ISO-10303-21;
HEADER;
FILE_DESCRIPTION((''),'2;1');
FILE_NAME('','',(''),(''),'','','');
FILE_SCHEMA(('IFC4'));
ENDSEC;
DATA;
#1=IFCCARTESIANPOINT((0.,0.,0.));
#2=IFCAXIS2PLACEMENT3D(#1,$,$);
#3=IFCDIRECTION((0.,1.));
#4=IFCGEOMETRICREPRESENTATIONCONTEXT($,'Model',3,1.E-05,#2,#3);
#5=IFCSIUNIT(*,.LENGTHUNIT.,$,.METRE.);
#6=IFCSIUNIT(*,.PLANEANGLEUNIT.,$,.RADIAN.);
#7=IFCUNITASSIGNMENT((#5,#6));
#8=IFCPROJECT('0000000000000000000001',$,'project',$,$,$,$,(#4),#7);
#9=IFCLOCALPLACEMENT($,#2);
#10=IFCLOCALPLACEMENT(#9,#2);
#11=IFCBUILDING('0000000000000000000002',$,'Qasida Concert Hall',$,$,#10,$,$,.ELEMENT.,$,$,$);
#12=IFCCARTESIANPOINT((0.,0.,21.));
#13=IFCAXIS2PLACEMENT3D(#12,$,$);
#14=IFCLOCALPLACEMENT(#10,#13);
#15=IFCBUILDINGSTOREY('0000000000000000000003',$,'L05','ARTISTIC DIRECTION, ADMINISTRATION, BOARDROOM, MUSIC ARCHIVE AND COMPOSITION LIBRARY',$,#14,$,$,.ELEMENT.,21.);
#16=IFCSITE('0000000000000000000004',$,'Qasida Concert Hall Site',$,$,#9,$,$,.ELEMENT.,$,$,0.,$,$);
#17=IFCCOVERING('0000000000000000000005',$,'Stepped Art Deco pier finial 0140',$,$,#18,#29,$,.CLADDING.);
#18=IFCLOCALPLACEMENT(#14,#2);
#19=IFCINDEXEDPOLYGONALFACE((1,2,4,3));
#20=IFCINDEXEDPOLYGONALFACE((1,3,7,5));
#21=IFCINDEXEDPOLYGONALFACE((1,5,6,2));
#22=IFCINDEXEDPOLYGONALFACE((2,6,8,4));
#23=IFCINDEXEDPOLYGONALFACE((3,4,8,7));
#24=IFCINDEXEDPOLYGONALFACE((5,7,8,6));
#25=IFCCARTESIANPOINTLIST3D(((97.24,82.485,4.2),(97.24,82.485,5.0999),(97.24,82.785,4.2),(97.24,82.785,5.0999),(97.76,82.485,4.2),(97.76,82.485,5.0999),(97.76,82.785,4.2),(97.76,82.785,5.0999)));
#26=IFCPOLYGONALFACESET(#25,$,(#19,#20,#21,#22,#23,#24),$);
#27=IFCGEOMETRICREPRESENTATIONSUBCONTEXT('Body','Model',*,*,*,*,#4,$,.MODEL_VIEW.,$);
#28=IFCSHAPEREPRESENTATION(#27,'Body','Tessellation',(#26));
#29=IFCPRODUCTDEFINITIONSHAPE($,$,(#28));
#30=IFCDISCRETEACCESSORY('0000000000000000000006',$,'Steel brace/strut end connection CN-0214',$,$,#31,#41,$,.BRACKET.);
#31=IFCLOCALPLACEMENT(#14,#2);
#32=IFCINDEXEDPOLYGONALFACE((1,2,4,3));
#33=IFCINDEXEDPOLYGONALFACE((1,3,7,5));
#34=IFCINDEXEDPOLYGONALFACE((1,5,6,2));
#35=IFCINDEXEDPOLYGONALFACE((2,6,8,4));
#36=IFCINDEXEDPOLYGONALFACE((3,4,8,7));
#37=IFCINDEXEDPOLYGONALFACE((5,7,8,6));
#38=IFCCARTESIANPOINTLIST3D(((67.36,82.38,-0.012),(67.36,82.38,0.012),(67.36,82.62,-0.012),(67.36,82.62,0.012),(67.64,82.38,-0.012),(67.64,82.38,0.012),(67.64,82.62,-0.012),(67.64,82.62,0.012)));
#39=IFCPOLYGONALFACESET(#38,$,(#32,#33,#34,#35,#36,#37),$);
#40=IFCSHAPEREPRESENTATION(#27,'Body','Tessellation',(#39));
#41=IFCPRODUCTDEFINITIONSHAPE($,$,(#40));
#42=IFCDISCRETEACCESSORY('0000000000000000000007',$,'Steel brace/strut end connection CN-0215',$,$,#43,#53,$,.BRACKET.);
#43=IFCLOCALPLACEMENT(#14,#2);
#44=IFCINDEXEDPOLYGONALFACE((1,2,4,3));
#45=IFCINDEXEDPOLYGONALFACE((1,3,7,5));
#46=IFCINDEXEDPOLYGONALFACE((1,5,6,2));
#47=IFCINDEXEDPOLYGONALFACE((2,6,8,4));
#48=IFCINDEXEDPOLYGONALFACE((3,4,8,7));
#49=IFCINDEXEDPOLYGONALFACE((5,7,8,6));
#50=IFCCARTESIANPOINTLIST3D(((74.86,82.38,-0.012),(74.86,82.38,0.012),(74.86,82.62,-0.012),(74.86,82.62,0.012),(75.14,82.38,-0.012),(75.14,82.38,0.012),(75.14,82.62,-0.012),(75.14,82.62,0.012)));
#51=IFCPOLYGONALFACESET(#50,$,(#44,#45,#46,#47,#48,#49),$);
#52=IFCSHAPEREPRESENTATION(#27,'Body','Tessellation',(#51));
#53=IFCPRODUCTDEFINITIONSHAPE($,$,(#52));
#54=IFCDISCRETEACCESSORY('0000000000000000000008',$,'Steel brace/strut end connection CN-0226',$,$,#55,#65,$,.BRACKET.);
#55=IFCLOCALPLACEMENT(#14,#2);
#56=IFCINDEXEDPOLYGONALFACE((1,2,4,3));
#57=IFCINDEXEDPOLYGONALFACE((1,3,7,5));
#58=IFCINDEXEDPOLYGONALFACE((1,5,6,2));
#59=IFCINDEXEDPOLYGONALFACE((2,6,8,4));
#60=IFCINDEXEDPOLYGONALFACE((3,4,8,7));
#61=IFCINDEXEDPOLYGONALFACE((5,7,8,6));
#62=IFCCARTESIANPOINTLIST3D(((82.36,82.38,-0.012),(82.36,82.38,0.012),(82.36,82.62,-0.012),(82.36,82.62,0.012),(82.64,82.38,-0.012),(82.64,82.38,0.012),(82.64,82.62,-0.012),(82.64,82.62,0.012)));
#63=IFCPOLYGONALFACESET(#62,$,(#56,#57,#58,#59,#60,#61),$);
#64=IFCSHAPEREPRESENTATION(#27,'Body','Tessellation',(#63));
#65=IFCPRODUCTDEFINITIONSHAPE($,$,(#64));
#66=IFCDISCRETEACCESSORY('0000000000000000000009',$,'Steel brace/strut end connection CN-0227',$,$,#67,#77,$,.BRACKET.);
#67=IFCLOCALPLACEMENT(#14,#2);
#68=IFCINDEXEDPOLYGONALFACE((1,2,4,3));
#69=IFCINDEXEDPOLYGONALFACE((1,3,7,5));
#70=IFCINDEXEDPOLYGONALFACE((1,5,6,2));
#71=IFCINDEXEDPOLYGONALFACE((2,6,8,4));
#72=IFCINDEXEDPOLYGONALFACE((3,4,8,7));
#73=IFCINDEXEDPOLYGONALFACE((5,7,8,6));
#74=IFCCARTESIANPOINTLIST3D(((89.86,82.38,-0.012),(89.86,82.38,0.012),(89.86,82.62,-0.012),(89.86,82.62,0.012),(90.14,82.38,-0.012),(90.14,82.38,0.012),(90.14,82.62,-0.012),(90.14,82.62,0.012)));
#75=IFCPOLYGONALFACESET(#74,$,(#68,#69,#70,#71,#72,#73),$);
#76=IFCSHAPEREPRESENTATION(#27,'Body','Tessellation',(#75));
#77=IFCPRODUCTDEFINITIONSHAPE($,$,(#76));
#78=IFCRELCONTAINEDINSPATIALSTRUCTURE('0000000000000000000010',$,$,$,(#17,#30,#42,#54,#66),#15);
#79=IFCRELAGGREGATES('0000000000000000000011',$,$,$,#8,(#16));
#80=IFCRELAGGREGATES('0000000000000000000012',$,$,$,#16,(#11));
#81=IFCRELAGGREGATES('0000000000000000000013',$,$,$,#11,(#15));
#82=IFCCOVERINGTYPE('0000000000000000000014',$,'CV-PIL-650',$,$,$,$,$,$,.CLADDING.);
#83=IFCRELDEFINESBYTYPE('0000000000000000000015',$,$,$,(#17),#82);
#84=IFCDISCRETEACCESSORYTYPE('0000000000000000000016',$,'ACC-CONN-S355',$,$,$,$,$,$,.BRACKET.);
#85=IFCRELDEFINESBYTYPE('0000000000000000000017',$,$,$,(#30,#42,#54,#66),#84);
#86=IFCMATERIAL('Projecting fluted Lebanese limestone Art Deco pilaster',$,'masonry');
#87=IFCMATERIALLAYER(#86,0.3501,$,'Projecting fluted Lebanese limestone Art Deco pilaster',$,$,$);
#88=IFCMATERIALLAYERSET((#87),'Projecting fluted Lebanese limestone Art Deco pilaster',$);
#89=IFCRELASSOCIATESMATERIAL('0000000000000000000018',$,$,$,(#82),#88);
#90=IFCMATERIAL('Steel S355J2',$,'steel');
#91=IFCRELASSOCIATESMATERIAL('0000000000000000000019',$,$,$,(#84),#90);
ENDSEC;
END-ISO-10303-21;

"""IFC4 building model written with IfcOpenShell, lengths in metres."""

from ifc_helpers import new_model, si_unit, direction, frame, origin, origin_2d, place, context, subcontext, project, spatial, rectangle, extrude, material, layer, layer_set, type_object, element, save


model = new_model("IFC4")

# Units and contexts
model_context = context("Model", 3, precision=1e-05, world=origin(), true_north=direction((0.0, 1.0)))
body_context = subcontext(model_context, "Body", "Model", "MODEL_VIEW")
ifc_project = project(units=[si_unit("LENGTHUNIT", "METRE"), si_unit("PLANEANGLEUNIT", "RADIAN")], contexts=[model_context])

# Site, building, storey
site_placement = place(None, origin())
site = spatial("IfcSite", under=ifc_project, at=site_placement, Name="Qasida Concert Hall Site", CompositionType="ELEMENT", RefElevation=0.0)
building_placement = place(site_placement, origin())
building = spatial("IfcBuilding", under=site, at=building_placement, Name="Qasida Concert Hall", CompositionType="ELEMENT")
storey_placement = place(building_placement, frame((0.0, 0.0, 21.0)))
storey = spatial("IfcBuildingStorey", under=building, at=storey_placement, Name="L05", Description="ARTISTIC DIRECTION, ADMINISTRATION, BOARDROOM, MUSIC ARCHIVE AND COMPOSITION LIBRARY", CompositionType="ELEMENT", Elevation=21.0)

# Shared definitions
ifc_material_1 = material(Name="Steel S355J2", Category="steel")

# Covering
ifc_material_2 = material(Name="Projecting fluted Lebanese limestone Art Deco pilaster", Category="masonry")
ifc_layer_1 = layer(ifc_material_2, 0.3501, Name="Projecting fluted Lebanese limestone Art Deco pilaster")
ifc_layer_set_1 = layer_set([ifc_layer_1], Name="Projecting fluted Lebanese limestone Art Deco pilaster")
covering_type = type_object("IfcCoveringType", Name="CV-PIL-650", PredefinedType="CLADDING", material=ifc_layer_set_1)
covering_1_placement = place(storey_placement, frame((97.5, 82.635, 4.2), z_axis=(0.0, 0.0, 1.0), x_axis=(1.0, 0.0, 0.0)))
element("IfcCovering", 1, at=covering_1_placement, inside=storey, type_object=covering_type, Name="Stepped Art Deco pier finial 0140", PredefinedType="CLADDING", context=body_context, shape_type="SweptSolid", body=[
    extrude(rectangle(XDim=0.52, YDim=0.3, at=origin_2d()), origin(), (0.0, 0.0, 1.0), 0.8999),
])

# Discrete accessories
discrete_accessory_type = type_object("IfcDiscreteAccessoryType", Name="ACC-CONN-S355", PredefinedType="BRACKET", material=ifc_material_1)
for number, where, z_axis, x_axis, name in (
    (2, (67.5, 82.5, -0.012), (0.0, 0.0, 1.0), (1.0, 0.0, 0.0), "Steel brace/strut end connection CN-0214"),
    (3, (75.0, 82.5, -0.012), (0.0, 0.0, 1.0), (1.0, 0.0, 0.0), "Steel brace/strut end connection CN-0215"),
    (4, (82.5, 82.5, -0.012), (0.0, 0.0, 1.0), (1.0, 0.0, 0.0), "Steel brace/strut end connection CN-0226"),
    (5, (90.0, 82.5, -0.012), (0.0, 0.0, 1.0), (1.0, 0.0, 0.0), "Steel brace/strut end connection CN-0227"),
):
    element("IfcDiscreteAccessory", number, at=place(storey_placement, frame(where, z_axis=z_axis, x_axis=x_axis)), inside=storey, type_object=discrete_accessory_type, Name=name, PredefinedType="BRACKET", context=body_context, shape_type="SweptSolid", body=[
        extrude(rectangle(XDim=0.28, YDim=0.24, at=origin_2d()), origin(), (0.0, 0.0, 1.0), 0.0239),
    ])

save(model, "model.ifc")
